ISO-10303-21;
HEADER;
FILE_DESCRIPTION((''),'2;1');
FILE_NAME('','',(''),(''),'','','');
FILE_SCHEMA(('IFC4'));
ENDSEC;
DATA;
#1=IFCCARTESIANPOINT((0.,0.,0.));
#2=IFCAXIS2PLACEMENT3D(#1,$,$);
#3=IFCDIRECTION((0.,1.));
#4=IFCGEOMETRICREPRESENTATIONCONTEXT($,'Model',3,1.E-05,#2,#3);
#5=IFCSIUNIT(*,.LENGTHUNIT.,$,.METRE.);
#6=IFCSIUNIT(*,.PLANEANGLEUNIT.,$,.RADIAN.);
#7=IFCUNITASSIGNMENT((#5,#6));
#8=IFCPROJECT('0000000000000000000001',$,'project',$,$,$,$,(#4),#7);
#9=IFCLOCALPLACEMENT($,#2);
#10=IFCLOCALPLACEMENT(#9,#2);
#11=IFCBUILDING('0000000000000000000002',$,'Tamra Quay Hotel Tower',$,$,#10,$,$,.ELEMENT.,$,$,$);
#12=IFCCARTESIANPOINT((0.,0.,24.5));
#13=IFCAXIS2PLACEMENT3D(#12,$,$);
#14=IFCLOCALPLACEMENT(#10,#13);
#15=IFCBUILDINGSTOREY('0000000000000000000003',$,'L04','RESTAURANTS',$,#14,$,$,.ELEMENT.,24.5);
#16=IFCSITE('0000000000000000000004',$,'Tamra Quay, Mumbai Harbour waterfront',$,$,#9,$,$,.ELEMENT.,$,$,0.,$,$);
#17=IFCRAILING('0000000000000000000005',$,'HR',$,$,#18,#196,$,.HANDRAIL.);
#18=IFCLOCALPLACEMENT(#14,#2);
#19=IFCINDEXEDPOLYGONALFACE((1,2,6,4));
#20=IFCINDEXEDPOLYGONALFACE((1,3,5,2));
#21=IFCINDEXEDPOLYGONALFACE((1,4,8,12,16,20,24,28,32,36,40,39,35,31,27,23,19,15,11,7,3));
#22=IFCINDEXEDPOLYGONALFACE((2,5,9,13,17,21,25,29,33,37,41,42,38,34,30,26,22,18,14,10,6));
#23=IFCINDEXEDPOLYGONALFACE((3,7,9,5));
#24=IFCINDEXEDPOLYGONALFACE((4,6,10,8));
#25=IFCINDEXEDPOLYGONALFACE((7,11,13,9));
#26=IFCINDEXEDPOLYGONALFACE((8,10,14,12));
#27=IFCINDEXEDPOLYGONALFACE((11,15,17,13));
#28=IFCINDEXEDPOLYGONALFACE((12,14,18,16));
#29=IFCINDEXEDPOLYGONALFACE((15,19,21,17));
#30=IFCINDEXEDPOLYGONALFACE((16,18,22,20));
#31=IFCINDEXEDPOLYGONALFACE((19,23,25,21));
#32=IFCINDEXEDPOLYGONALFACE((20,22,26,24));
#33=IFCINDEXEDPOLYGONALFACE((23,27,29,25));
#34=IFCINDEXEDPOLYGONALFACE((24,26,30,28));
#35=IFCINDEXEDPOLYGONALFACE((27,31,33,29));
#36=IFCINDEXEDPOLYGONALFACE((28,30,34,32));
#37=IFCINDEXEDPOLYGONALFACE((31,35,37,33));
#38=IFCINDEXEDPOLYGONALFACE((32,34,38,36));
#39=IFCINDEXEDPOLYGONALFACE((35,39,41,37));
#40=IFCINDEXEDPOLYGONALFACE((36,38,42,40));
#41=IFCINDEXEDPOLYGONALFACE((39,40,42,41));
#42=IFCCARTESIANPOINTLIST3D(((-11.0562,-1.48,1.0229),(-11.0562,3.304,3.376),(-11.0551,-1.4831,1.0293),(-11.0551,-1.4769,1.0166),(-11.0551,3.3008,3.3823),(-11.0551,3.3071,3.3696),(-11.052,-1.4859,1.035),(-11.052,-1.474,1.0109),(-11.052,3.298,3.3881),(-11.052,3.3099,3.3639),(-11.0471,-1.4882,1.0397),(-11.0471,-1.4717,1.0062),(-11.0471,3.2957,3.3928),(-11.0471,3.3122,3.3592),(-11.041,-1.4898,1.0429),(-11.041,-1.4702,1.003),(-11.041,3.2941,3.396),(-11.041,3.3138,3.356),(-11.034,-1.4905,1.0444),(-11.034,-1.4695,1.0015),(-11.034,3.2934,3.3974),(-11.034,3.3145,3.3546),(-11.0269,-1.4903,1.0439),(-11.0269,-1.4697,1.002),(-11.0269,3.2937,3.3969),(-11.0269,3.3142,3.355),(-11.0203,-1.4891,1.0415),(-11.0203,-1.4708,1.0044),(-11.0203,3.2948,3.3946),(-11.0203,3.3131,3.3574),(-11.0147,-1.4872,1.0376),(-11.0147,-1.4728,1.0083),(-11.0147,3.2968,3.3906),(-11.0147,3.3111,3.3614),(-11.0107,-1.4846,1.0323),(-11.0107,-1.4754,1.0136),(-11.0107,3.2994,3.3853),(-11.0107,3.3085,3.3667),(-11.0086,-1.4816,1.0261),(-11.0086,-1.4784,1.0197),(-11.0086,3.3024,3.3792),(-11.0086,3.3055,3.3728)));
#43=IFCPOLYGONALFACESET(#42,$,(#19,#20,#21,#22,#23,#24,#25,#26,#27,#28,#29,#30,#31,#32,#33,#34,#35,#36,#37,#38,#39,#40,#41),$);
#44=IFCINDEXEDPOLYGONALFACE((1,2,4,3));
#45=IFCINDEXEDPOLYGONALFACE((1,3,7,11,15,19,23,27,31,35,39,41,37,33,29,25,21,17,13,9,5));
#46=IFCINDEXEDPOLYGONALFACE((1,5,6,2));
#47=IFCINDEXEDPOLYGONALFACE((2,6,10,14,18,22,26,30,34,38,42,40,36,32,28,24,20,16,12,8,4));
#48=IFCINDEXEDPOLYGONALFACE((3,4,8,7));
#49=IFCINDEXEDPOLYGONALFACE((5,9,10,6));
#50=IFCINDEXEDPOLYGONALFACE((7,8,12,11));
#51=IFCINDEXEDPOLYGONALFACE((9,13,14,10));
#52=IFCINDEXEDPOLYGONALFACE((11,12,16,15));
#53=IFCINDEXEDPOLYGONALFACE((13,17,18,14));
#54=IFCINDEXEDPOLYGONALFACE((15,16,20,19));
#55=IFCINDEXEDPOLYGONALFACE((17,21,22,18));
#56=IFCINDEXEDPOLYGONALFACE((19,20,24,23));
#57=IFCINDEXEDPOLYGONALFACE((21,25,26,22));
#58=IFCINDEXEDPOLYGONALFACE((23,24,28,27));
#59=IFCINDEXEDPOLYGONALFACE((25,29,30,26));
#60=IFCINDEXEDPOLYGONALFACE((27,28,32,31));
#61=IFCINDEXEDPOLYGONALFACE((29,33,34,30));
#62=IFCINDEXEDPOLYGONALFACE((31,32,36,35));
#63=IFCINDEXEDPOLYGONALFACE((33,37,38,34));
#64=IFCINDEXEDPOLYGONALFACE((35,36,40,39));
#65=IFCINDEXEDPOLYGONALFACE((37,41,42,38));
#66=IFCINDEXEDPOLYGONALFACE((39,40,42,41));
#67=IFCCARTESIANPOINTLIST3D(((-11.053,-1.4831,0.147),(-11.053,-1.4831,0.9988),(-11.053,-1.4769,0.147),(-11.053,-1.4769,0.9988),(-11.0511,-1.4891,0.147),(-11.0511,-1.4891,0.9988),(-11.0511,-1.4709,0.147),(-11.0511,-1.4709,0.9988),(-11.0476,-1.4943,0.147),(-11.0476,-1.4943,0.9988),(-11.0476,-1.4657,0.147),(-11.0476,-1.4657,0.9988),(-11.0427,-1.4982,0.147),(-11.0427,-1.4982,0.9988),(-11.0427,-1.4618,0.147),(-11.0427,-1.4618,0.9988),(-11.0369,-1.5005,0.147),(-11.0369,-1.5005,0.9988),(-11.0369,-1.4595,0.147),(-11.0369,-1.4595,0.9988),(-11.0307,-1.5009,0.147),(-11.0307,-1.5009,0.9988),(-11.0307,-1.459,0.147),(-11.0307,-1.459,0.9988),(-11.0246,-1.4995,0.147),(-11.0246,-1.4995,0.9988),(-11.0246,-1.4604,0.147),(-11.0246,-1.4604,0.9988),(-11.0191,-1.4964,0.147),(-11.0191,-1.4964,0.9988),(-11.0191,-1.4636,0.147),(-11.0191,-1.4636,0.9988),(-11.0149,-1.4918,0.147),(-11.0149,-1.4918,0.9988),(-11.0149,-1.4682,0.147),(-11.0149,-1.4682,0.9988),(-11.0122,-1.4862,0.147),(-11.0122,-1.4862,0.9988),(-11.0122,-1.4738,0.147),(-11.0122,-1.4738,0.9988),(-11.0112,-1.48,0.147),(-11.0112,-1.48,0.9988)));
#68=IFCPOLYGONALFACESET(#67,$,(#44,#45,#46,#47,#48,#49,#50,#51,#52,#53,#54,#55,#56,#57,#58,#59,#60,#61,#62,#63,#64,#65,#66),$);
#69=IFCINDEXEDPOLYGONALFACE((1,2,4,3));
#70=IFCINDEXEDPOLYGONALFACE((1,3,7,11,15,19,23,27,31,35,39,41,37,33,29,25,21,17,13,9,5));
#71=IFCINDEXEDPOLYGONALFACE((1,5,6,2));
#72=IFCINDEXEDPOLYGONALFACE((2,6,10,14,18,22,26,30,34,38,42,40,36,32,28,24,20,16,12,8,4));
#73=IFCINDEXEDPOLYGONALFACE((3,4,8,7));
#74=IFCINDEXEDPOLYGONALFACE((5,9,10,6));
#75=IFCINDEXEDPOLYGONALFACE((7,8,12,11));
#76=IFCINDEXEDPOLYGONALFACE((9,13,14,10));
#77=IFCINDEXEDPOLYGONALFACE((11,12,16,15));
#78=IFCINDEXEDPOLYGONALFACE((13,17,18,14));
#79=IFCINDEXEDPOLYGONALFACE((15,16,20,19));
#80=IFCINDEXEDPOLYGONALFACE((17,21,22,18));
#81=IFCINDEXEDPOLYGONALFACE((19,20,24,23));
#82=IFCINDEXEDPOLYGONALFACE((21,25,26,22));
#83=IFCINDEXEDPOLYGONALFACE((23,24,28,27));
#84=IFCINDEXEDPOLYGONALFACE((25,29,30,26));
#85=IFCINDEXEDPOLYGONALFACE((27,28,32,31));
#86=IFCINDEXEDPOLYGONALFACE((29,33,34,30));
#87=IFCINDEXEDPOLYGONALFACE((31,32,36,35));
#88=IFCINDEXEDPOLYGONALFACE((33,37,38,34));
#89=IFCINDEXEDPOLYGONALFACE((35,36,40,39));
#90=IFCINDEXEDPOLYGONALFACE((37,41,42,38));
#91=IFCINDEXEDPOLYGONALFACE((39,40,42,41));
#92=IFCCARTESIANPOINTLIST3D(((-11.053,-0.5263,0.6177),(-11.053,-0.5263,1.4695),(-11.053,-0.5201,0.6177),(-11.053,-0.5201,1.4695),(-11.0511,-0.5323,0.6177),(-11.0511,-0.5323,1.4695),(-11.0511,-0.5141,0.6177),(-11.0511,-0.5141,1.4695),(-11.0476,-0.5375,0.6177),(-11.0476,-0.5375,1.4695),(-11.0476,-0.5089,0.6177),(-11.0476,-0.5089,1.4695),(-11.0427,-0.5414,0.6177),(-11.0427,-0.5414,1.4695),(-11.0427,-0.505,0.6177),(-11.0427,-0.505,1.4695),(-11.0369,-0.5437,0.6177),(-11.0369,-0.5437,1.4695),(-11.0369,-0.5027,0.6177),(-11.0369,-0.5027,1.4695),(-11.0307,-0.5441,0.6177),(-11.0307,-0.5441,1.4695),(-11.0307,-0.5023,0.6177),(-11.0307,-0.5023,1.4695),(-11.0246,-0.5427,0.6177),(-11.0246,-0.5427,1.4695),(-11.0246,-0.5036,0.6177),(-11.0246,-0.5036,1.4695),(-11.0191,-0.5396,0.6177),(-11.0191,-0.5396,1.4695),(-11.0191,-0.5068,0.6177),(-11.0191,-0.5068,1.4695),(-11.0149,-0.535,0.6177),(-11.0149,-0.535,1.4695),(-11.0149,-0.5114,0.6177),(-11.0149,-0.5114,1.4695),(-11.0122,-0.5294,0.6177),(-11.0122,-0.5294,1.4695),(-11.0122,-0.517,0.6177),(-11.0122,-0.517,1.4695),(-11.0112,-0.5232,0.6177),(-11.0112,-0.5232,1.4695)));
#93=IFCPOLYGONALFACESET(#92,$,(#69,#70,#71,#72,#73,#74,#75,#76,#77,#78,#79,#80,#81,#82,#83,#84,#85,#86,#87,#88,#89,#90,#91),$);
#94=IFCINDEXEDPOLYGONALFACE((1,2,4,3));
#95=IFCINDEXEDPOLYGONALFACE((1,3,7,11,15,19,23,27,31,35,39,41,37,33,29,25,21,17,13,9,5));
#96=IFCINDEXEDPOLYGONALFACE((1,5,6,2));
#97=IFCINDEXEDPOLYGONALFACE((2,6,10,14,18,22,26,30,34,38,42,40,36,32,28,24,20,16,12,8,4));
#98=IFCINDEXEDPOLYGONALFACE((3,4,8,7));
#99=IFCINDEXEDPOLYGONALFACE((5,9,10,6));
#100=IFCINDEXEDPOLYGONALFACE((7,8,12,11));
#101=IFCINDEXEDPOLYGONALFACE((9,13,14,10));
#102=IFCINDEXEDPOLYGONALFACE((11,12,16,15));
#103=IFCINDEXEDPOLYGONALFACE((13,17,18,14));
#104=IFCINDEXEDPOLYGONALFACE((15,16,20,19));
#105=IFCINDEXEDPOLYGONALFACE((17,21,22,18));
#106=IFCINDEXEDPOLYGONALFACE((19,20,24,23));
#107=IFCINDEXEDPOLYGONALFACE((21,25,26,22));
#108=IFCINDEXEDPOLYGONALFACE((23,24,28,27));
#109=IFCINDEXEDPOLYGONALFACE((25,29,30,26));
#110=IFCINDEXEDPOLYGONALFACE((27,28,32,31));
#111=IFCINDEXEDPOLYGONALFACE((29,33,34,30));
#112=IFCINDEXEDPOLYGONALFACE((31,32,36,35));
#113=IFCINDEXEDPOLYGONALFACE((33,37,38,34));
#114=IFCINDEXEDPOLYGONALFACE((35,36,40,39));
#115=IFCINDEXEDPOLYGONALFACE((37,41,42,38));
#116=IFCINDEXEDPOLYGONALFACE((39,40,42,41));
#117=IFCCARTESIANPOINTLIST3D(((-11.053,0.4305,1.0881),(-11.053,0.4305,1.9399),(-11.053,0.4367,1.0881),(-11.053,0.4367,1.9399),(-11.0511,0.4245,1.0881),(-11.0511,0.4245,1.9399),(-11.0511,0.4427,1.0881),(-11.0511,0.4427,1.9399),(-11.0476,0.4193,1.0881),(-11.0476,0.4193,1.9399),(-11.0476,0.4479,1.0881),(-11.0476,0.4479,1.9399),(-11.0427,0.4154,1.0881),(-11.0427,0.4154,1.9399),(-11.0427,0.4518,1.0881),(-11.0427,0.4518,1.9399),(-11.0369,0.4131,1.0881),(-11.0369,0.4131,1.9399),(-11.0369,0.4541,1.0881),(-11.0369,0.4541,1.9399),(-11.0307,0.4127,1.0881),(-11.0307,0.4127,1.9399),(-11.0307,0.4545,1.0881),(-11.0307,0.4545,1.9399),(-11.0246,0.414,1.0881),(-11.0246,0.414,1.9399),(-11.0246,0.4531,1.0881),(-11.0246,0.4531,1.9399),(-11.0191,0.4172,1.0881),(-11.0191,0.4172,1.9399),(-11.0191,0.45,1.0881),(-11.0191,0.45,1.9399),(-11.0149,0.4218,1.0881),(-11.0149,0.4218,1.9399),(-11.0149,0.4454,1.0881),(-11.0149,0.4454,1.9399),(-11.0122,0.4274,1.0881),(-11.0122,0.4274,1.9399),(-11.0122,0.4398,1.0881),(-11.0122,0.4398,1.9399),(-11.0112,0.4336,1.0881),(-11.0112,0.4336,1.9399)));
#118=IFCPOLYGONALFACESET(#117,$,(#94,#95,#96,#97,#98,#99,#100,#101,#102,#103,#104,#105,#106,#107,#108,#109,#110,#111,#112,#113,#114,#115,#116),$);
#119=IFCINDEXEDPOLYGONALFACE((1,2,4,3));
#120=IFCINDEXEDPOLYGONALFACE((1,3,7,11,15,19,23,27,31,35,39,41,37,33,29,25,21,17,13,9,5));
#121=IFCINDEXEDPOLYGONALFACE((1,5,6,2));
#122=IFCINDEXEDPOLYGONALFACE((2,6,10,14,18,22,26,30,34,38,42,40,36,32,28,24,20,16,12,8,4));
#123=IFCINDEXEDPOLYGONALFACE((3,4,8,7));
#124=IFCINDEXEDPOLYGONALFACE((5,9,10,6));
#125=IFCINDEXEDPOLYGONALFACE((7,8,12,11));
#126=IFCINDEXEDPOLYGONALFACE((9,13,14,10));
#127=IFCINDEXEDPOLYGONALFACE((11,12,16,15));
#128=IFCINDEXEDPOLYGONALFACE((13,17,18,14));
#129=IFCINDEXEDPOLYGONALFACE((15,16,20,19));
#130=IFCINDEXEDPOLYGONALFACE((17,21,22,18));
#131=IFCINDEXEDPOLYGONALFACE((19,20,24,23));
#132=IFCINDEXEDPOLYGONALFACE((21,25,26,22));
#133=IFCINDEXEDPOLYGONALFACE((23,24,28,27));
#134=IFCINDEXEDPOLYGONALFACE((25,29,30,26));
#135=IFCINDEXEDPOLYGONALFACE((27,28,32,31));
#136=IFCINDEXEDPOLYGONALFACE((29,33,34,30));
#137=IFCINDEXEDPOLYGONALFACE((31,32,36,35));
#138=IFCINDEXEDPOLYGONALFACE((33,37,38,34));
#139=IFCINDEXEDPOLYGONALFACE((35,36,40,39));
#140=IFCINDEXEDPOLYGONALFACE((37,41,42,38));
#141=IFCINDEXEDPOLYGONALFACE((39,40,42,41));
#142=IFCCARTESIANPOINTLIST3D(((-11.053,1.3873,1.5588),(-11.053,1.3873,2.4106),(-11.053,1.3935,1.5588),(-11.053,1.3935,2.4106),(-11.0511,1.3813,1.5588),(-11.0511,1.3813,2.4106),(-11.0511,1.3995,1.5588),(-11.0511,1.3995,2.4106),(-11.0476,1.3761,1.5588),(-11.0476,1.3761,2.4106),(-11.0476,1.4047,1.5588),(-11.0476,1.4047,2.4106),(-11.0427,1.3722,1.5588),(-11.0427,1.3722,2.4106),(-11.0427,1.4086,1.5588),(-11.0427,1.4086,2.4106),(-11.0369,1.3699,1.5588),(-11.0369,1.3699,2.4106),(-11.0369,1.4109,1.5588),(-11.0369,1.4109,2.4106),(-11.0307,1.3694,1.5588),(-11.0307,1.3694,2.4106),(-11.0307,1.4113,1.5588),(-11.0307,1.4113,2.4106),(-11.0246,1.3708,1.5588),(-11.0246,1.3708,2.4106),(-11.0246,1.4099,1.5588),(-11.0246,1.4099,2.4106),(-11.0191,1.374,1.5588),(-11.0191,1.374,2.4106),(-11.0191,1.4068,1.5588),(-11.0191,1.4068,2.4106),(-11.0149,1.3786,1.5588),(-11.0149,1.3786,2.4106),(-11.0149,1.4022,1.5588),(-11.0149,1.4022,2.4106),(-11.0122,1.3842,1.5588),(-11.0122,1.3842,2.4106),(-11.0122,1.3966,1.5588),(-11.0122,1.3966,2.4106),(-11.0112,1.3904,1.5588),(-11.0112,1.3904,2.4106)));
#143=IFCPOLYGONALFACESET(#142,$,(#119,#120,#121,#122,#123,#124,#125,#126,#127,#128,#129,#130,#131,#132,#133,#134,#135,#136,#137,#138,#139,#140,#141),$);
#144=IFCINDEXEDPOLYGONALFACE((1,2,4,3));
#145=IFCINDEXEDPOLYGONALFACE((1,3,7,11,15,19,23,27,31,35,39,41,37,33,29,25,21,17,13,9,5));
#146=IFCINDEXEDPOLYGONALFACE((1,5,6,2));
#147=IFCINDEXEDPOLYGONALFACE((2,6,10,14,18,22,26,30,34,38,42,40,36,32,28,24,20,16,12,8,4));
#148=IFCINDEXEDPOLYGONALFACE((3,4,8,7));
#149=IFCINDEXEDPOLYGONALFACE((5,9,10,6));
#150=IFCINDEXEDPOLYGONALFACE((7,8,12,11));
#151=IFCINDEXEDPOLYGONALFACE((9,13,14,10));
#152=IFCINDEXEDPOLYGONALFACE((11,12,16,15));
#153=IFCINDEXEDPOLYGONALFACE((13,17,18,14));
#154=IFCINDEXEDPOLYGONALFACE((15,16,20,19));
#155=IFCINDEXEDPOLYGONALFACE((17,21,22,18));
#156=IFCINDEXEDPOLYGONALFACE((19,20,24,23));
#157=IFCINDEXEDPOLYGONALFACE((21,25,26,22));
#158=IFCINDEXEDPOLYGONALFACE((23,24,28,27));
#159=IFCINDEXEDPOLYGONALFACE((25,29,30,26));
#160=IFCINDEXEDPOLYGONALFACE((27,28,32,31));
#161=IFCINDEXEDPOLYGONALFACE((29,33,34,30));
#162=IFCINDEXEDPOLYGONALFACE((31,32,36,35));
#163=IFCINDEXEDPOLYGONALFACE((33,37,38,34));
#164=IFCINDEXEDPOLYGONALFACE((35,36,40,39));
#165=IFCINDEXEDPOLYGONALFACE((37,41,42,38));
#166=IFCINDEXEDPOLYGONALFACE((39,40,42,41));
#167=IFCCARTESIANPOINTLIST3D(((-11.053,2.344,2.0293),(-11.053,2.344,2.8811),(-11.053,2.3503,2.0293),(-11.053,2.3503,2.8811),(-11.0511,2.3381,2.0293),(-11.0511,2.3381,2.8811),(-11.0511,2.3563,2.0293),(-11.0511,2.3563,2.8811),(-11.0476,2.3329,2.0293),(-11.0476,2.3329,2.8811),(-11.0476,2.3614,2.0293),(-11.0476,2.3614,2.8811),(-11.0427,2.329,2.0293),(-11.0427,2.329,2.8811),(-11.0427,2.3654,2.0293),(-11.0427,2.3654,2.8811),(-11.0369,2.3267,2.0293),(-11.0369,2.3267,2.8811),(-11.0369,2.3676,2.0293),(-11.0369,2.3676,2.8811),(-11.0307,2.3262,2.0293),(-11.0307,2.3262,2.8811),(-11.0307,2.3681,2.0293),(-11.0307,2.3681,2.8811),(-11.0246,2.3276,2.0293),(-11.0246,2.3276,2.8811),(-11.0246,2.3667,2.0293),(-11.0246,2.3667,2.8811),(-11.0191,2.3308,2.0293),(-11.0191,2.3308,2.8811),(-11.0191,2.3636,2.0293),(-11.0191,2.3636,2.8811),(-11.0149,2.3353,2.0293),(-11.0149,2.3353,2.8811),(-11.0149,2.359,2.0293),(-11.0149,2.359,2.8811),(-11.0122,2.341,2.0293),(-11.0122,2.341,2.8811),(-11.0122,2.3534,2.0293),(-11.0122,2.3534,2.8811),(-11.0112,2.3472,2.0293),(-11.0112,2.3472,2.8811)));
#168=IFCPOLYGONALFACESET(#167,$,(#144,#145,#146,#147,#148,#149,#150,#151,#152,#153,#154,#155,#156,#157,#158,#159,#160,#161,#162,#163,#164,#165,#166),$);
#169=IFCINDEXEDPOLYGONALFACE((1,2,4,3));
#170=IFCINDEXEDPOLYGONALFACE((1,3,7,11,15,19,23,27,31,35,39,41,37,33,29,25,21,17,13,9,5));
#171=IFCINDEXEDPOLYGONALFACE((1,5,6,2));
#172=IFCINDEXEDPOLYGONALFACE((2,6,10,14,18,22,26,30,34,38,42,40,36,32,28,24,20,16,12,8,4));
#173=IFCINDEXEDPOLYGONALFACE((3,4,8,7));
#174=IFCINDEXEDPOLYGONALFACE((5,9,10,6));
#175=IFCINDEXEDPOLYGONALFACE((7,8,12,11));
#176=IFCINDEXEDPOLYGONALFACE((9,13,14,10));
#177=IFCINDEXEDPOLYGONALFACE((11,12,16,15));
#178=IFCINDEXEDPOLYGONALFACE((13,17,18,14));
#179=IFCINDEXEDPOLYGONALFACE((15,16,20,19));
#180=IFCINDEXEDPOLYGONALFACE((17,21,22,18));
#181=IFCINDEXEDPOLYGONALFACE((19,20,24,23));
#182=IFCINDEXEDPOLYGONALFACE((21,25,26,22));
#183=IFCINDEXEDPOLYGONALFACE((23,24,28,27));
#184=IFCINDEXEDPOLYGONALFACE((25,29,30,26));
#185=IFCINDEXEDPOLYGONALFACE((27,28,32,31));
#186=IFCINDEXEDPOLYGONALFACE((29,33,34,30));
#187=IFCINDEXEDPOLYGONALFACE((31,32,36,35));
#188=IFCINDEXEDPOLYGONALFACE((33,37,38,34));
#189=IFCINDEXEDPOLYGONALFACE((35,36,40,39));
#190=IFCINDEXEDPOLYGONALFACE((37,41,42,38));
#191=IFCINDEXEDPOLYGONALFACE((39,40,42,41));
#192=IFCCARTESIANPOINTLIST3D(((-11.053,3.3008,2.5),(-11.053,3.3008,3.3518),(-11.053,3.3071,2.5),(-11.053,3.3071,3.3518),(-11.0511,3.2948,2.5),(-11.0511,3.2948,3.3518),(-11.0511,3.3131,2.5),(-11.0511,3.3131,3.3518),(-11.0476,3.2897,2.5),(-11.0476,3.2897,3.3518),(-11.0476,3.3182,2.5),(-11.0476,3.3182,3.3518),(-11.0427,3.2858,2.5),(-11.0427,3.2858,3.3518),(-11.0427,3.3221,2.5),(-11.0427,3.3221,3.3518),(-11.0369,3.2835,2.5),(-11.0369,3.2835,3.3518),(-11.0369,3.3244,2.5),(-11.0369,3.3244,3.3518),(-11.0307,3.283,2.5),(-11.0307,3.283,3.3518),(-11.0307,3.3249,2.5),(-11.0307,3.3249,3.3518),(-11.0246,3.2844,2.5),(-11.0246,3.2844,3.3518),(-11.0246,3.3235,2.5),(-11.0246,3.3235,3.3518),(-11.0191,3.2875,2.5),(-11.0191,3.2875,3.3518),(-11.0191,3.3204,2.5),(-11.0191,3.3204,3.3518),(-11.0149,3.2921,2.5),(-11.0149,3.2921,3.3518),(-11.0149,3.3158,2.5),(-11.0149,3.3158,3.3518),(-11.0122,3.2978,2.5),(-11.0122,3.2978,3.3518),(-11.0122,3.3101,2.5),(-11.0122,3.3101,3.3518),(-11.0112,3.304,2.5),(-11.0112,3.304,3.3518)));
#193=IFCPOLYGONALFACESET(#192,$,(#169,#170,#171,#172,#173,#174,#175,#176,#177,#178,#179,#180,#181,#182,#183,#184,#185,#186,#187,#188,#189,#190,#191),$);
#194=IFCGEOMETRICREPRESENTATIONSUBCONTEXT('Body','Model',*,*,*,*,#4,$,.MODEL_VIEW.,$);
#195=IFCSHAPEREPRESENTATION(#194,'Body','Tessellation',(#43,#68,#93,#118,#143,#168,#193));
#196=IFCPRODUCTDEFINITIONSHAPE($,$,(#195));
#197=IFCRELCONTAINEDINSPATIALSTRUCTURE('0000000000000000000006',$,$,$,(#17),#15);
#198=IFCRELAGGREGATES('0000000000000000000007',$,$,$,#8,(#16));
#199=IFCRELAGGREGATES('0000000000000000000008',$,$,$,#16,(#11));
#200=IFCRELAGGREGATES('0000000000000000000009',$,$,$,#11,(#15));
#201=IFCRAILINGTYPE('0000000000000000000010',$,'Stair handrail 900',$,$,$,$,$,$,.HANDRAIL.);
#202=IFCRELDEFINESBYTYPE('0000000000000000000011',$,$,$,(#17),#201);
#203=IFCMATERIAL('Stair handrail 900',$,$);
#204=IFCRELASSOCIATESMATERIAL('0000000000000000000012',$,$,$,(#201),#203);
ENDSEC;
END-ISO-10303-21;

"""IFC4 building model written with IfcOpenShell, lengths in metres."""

from ifc_helpers import new_model, si_unit, direction, frame, origin, origin_2d, place, context, subcontext, project, spatial, circle, extrude, material, type_object, element, save


model = new_model("IFC4")

# Units and contexts
model_context = context("Model", 3, precision=1e-05, world=origin(), true_north=direction((0.0, 1.0)))
body_context = subcontext(model_context, "Body", "Model", "MODEL_VIEW")
ifc_project = project(units=[si_unit("LENGTHUNIT", "METRE"), si_unit("PLANEANGLEUNIT", "RADIAN")], contexts=[model_context])

# Site, building, storey
site_placement = place(None, origin())
site = spatial("IfcSite", under=ifc_project, at=site_placement, Name="Tamra Quay, Mumbai Harbour waterfront", CompositionType="ELEMENT", RefElevation=0.0)
building_placement = place(site_placement, origin())
building = spatial("IfcBuilding", under=site, at=building_placement, Name="Tamra Quay Hotel Tower", CompositionType="ELEMENT")
storey_placement = place(building_placement, frame((0.0, 0.0, 24.5)))
storey = spatial("IfcBuildingStorey", under=building, at=storey_placement, Name="L04", Description="RESTAURANTS", CompositionType="ELEMENT", Elevation=24.5)

# Railing
ifc_material_1 = material(Name="Stair handrail 900")
railing_type_1 = type_object("IfcRailingType", Name="Stair handrail 900", PredefinedType="HANDRAIL", material=ifc_material_1)
railing_1_placement = place(storey_placement, frame((-11.0322, -1.48, 0.147)))
element("IfcRailing", 1, at=railing_1_placement, inside=storey, type_object=railing_type_1, Name="HR", PredefinedType="HANDRAIL", context=body_context, shape_type="SweptSolid", body=[
    extrude(circle(Radius=0.0239, at=origin_2d()), frame((0.0, 0.0, 0.876), z_axis=(0.0, 0.89733, 0.441361), x_axis=(-1.0, 0.0, 0.0)), (0.0, 0.0, 1.0), 5.3313),
    extrude(circle(Radius=0.021, at=origin_2d()), origin(), (0.0, 0.0, 1.0), 0.8518),
    extrude(circle(Radius=0.021, at=origin_2d()), frame((0.0, 0.9568, 0.4707)), (0.0, 0.0, 1.0), 0.8518),
    extrude(circle(Radius=0.021, at=origin_2d()), frame((0.0, 1.9136, 0.9412)), (0.0, 0.0, 1.0), 0.8518),
    extrude(circle(Radius=0.021, at=origin_2d()), frame((0.0, 2.8704, 1.4119)), (0.0, 0.0, 1.0), 0.8518),
    extrude(circle(Radius=0.021, at=origin_2d()), frame((0.0, 3.8271, 1.8823)), (0.0, 0.0, 1.0), 0.8518),
    extrude(circle(Radius=0.021, at=origin_2d()), frame((0.0, 4.7839, 2.353)), (0.0, 0.0, 1.0), 0.8518),
])

save(model, "model.ifc")
